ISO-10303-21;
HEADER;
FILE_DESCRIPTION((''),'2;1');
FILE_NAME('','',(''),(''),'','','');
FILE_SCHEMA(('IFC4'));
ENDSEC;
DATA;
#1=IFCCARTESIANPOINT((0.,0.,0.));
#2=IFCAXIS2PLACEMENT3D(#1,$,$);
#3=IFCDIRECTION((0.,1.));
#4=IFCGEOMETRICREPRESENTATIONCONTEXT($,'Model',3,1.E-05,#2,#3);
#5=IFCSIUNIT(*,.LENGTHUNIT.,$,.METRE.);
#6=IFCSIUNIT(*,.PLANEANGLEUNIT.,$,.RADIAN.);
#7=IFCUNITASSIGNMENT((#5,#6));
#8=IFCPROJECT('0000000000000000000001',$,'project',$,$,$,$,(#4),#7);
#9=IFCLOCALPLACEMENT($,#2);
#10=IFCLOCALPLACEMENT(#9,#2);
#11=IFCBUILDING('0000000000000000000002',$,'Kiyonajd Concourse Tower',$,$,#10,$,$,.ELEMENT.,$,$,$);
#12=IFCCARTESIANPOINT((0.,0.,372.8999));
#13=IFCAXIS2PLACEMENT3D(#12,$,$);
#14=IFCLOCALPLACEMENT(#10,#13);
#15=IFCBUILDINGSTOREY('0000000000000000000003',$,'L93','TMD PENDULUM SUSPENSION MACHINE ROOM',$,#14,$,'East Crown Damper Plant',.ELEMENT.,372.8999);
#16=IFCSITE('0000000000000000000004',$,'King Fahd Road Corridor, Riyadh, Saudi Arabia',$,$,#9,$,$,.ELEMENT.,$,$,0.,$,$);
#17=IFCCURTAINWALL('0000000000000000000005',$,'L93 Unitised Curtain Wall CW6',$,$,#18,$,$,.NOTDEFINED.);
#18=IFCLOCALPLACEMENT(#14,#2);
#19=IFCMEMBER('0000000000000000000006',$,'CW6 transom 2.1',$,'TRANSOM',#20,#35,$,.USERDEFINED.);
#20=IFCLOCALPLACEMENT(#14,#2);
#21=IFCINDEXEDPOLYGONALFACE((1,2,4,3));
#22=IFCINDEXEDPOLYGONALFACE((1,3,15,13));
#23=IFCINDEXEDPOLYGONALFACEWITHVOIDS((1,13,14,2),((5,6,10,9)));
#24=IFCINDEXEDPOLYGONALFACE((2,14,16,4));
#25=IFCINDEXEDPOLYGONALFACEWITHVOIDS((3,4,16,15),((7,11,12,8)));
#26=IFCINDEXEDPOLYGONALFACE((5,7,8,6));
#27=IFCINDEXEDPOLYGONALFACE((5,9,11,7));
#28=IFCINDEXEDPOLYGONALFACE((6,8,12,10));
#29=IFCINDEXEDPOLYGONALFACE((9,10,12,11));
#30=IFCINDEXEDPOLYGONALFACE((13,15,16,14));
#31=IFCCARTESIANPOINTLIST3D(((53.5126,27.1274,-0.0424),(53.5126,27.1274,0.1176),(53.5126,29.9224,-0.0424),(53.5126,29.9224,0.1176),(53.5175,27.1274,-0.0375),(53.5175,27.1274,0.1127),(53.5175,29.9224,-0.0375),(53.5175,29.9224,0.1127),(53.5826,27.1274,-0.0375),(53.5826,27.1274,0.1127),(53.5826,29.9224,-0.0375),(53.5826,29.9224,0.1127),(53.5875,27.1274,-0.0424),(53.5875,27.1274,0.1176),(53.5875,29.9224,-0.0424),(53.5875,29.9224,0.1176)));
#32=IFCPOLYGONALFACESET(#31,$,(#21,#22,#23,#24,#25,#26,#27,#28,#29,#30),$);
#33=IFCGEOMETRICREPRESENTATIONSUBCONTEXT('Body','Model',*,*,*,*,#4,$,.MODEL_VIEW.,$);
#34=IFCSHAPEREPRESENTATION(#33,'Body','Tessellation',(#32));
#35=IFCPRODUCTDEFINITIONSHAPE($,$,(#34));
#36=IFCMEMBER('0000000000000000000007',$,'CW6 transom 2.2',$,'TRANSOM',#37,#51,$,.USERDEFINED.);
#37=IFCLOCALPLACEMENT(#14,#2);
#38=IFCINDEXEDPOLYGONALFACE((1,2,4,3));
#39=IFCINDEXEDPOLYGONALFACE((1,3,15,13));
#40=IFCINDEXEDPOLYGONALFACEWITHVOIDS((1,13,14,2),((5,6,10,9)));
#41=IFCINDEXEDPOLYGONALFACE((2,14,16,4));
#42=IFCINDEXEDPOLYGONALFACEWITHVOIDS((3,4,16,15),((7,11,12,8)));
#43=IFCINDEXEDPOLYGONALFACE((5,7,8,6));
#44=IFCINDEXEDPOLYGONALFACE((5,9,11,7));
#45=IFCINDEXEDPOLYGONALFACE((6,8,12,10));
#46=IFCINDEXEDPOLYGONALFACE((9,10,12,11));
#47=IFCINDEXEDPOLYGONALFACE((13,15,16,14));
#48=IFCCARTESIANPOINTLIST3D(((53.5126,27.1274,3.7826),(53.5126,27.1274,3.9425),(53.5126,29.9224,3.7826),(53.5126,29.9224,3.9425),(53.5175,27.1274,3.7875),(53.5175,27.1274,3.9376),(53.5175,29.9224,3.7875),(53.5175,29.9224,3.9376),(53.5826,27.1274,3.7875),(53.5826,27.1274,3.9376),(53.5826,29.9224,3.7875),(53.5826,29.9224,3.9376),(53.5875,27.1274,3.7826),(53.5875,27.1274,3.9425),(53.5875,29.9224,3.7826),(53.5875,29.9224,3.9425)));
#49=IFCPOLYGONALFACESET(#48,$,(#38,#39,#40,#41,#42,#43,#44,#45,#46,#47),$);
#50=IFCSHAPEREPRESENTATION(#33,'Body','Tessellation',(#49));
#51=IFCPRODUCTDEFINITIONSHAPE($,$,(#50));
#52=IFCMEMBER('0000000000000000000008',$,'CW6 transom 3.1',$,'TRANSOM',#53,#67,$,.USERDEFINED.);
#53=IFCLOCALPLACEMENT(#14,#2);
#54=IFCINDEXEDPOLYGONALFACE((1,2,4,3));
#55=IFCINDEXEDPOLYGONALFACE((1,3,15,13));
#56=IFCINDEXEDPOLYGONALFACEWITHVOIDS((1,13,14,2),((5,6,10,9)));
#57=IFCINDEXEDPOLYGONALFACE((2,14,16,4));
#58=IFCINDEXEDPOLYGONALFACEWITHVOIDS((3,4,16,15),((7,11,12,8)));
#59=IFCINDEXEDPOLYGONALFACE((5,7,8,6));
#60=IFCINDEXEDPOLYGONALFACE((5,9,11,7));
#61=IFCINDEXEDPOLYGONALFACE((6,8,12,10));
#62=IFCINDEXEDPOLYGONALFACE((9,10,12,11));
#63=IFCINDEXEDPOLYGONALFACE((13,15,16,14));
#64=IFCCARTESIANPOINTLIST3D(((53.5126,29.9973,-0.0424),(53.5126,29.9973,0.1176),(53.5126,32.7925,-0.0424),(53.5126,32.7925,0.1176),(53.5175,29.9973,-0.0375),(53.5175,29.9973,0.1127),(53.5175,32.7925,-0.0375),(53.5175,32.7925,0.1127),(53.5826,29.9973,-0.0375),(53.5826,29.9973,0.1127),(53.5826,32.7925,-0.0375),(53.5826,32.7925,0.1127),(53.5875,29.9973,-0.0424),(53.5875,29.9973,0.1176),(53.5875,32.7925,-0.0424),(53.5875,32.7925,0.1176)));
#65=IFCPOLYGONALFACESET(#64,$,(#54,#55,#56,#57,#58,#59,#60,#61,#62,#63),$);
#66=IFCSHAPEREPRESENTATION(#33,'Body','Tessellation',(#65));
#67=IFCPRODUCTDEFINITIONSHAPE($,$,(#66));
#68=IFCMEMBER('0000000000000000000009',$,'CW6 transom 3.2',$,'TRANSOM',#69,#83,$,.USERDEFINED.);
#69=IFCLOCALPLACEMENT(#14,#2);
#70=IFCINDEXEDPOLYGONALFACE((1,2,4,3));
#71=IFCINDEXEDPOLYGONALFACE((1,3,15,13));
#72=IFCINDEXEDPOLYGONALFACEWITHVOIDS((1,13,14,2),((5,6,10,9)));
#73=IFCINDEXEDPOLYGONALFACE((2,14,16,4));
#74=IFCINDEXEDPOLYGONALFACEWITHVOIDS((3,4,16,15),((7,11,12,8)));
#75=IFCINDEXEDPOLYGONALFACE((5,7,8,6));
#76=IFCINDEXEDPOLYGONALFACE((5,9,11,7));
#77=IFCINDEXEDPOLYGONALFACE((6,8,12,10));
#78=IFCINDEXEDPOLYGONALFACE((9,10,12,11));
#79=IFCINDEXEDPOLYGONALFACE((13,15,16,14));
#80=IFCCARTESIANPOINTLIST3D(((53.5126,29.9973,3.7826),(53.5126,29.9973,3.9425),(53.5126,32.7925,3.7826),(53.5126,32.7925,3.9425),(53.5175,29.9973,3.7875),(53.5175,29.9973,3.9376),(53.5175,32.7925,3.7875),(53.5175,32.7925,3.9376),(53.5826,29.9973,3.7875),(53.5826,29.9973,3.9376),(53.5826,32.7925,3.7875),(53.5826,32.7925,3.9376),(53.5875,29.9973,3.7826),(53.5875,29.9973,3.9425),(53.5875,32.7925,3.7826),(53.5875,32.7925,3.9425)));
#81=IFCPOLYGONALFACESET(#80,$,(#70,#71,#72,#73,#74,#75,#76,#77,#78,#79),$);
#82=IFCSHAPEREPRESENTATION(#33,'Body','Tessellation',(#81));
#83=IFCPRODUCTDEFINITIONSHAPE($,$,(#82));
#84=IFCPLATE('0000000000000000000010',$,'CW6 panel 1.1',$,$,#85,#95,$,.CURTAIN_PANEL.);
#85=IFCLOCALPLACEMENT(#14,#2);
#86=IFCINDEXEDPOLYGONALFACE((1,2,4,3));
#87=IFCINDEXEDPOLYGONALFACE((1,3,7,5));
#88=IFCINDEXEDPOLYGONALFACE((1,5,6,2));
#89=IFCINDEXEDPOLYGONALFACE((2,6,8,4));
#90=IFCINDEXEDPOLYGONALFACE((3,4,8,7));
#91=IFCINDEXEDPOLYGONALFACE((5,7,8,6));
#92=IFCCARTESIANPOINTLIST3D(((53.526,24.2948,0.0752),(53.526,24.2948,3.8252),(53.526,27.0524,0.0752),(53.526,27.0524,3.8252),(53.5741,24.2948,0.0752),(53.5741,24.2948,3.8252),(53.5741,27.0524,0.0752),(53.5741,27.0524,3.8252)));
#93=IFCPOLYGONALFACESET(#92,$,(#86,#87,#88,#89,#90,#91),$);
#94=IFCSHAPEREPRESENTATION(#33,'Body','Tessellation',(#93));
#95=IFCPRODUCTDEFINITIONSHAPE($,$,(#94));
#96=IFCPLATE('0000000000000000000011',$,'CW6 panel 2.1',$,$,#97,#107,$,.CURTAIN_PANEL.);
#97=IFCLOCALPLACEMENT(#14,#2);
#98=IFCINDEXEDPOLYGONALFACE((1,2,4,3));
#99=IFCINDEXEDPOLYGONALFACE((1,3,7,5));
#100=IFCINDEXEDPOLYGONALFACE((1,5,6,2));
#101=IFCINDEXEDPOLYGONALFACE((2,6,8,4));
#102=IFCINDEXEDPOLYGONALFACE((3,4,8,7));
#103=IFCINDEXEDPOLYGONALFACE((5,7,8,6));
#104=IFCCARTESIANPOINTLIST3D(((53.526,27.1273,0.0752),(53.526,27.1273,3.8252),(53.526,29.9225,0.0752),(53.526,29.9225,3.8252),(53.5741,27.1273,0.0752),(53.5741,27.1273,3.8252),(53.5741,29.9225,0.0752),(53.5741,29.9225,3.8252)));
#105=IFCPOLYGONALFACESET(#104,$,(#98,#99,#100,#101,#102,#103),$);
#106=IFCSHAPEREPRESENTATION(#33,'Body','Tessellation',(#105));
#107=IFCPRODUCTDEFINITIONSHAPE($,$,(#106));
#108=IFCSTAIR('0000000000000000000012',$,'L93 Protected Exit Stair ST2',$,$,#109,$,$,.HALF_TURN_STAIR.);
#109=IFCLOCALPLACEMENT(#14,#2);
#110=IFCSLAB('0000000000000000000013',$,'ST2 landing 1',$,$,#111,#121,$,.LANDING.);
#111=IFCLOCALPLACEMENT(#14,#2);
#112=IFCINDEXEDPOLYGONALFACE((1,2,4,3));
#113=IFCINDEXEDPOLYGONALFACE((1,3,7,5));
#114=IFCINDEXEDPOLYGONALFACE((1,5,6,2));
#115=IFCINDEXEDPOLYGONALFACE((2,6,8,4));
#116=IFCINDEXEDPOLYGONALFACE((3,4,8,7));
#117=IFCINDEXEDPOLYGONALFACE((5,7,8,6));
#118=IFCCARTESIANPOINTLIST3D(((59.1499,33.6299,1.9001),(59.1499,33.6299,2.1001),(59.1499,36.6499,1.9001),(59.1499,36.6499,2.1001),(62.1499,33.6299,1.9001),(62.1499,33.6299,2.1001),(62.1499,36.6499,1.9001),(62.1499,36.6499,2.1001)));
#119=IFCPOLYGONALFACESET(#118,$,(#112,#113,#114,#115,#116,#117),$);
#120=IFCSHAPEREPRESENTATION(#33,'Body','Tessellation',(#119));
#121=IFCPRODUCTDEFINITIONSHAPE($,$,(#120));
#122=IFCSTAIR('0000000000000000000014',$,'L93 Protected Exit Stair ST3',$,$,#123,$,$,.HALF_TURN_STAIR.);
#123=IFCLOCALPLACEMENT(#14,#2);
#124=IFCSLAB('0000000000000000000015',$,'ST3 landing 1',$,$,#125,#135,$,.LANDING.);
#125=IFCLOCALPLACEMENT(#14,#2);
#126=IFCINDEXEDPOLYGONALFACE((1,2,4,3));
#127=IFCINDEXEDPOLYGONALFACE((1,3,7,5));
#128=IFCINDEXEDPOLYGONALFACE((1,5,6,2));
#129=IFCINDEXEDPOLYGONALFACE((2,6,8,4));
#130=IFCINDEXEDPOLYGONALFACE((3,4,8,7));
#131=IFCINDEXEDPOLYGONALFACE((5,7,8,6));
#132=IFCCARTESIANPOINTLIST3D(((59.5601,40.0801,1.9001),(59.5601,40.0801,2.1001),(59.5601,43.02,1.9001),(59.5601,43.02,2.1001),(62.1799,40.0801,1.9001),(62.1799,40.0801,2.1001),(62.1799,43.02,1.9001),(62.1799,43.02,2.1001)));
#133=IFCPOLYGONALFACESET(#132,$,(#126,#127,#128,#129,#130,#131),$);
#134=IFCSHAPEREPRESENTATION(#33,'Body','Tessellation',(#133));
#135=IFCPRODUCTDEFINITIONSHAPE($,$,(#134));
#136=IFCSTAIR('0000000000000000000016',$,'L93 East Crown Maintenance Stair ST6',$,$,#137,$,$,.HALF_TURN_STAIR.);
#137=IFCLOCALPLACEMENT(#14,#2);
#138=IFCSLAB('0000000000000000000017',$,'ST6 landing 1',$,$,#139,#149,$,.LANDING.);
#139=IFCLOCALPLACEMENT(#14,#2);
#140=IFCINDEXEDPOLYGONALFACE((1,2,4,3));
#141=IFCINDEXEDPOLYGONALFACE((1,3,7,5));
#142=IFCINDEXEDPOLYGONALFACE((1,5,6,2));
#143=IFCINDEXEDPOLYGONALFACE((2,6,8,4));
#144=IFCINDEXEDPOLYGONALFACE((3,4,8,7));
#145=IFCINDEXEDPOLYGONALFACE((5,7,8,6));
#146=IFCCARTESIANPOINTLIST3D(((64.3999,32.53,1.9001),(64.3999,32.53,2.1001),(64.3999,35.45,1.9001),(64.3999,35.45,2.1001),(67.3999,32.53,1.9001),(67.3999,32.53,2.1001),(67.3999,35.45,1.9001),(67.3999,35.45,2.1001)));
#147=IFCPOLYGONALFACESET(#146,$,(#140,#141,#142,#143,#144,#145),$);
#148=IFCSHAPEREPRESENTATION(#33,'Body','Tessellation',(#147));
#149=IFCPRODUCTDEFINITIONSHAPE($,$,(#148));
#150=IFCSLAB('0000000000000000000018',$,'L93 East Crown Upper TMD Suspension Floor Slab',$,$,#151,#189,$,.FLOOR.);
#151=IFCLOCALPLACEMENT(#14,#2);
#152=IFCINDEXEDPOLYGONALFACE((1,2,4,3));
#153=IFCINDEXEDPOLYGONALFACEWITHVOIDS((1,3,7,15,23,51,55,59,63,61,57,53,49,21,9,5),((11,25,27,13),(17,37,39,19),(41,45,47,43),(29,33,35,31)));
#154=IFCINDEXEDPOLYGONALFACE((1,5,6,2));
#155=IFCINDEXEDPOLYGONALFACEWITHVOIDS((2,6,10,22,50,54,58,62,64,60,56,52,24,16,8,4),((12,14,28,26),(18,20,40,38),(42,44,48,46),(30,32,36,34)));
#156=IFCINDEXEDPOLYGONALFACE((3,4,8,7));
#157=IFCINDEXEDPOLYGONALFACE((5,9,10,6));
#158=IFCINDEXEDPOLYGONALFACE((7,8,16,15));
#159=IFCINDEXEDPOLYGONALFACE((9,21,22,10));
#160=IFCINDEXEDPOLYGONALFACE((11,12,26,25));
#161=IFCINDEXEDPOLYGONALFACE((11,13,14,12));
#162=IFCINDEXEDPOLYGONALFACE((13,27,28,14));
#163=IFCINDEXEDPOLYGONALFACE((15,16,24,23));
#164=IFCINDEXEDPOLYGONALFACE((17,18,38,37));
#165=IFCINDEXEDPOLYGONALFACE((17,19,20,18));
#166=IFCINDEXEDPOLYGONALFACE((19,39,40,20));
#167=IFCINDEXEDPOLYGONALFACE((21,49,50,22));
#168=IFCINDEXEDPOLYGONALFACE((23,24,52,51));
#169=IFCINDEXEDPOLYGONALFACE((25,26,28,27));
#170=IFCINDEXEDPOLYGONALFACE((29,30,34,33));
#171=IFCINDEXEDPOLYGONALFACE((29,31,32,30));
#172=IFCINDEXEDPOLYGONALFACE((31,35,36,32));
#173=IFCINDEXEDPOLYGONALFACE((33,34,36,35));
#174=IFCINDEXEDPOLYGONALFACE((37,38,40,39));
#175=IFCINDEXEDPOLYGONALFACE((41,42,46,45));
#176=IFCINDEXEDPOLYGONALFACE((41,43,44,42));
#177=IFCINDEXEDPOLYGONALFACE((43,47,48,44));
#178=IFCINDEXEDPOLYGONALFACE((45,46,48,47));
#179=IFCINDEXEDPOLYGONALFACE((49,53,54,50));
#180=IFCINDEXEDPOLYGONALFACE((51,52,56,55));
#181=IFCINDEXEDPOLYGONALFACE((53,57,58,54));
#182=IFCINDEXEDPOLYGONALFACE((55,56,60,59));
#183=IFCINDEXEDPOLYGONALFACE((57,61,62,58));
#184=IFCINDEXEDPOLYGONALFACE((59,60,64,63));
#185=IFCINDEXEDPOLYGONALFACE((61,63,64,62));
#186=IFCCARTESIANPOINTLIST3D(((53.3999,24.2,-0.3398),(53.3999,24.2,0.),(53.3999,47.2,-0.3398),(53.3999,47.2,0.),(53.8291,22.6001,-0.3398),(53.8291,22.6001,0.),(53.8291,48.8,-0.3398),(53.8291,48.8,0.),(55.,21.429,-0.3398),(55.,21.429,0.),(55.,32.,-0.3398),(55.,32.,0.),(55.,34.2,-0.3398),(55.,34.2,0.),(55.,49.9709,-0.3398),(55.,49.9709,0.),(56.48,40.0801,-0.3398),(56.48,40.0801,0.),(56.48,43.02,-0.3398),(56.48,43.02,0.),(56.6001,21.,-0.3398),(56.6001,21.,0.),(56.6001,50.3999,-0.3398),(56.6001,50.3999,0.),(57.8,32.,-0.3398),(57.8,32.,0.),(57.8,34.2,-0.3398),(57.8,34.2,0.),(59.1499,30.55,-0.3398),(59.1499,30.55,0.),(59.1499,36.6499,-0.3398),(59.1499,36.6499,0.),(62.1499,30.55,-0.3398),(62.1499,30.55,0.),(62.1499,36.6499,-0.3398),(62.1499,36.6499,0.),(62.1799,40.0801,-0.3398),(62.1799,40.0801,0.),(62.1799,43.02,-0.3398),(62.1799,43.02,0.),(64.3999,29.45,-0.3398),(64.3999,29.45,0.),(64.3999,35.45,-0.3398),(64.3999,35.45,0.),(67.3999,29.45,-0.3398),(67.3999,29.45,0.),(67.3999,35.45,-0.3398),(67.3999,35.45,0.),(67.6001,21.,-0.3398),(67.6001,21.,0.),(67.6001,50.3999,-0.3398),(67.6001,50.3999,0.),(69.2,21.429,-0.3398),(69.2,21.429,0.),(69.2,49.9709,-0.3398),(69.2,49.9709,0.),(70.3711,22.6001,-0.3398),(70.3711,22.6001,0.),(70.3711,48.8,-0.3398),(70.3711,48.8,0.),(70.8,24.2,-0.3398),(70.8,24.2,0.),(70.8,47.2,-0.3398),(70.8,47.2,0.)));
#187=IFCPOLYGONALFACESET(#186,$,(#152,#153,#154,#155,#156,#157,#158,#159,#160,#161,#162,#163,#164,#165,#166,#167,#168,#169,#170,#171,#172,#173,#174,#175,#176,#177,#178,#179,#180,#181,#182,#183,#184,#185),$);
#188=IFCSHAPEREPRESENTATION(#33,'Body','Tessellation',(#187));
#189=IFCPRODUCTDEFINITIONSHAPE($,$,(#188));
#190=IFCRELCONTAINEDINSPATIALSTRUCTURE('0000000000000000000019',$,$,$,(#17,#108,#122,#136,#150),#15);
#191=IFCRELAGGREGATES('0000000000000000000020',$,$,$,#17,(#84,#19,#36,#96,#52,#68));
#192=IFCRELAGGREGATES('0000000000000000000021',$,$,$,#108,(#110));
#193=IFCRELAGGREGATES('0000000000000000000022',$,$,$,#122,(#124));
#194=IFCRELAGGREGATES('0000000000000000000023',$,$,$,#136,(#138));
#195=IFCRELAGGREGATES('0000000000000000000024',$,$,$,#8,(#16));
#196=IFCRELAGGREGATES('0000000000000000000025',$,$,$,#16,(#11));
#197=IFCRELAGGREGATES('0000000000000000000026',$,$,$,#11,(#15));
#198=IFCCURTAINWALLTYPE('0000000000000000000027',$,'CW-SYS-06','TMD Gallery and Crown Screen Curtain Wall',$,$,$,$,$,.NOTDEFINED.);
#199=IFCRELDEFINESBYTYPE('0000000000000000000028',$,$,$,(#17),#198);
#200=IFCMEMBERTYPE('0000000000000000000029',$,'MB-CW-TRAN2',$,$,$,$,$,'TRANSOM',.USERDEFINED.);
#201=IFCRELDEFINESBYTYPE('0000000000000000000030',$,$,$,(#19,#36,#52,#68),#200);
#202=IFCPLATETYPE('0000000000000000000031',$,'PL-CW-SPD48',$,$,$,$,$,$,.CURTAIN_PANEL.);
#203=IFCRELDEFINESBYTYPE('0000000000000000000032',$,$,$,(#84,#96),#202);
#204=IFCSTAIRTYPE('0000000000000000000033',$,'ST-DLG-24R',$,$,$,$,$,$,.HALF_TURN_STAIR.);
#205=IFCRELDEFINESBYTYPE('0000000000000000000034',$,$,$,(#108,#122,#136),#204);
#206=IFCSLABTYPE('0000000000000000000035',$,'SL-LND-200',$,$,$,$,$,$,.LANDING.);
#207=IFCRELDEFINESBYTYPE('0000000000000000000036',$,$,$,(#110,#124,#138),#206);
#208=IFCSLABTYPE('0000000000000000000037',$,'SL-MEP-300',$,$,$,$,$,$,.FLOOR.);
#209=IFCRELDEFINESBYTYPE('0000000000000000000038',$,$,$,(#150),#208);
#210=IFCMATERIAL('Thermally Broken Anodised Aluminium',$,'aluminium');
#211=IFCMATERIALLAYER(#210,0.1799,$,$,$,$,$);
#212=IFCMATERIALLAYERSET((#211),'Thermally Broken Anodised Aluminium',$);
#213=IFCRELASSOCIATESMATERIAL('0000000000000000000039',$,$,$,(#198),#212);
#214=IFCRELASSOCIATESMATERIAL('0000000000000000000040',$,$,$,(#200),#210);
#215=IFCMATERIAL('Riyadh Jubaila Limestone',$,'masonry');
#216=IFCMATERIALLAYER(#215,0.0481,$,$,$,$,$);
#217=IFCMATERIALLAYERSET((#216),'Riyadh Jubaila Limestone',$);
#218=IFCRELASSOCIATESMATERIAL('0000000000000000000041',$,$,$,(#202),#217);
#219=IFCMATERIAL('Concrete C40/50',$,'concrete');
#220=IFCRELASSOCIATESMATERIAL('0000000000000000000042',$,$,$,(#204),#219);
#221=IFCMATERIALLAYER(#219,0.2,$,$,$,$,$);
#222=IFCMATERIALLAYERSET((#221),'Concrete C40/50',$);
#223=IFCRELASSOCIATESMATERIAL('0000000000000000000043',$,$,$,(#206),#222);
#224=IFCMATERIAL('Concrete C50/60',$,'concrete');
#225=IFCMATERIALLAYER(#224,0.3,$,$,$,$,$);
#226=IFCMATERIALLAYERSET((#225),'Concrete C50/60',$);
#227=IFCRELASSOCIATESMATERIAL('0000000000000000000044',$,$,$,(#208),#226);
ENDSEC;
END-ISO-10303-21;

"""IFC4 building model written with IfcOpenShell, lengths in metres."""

from ifc_helpers import new_model, si_unit, direction, frame, origin, origin_2d, place, context, subcontext, project, spatial, polyline, rectangle, hollow_rectangle, outline, extrude, material, layer, layer_set, material_profile, profile_set, type_object, element, aggregate, save


model = new_model("IFC4")

# Units and contexts
model_context = context("Model", 3, precision=1e-05, world=origin(), true_north=direction((0.0, 1.0)))
body_context = subcontext(model_context, "Body", "Model", "MODEL_VIEW")
ifc_project = project(units=[si_unit("LENGTHUNIT", "METRE"), si_unit("PLANEANGLEUNIT", "RADIAN")], contexts=[model_context])

# Site, building, storey
site_placement = place(None, origin())
site = spatial("IfcSite", under=ifc_project, at=site_placement, Name="King Fahd Road Corridor, Riyadh, Saudi Arabia", CompositionType="ELEMENT", RefElevation=0.0)
building_placement = place(site_placement, origin())
building = spatial("IfcBuilding", under=site, at=building_placement, Name="Kiyonajd Concourse Tower", CompositionType="ELEMENT")
storey_placement = place(building_placement, frame((0.0, 0.0, 372.8999)))
storey = spatial("IfcBuildingStorey", under=building, at=storey_placement, Name="L93", Description="TMD PENDULUM SUSPENSION MACHINE ROOM", LongName="East Crown Damper Plant", CompositionType="ELEMENT", Elevation=372.8999)

# Curtain wall, members, plates
ifc_material_1 = material(Name="Thermally Broken Anodised Aluminium", Category="aluminium")
ifc_layer_1 = layer(ifc_material_1, 0.1799)
ifc_layer_set_1 = layer_set([ifc_layer_1], Name="Thermally Broken Anodised Aluminium")
curtain_wall_type = type_object("IfcCurtainWallType", Name="CW-SYS-06", Description="TMD Gallery and Crown Screen Curtain Wall", PredefinedType="NOTDEFINED", material=ifc_layer_set_1)
curtain_wall_placement = place(storey_placement, origin())
curtain_wall = element("IfcCurtainWall", 1, at=curtain_wall_placement, inside=storey, type_object=curtain_wall_type, Name="L93 Unitised Curtain Wall CW6", PredefinedType="NOTDEFINED")
ifc_material_profile_1 = material_profile(ifc_material_1, hollow_rectangle(XDim=0.075, YDim=0.1599, WallThickness=0.0049, at=origin_2d()), Name="TRAN-75x160")
ifc_profile_set_1 = profile_set([ifc_material_profile_1], Name="Thermally Broken Anodised Aluminium")
member_type_1 = type_object("IfcMemberType", Name="MB-CW-TRAN2", ElementType="TRANSOM", PredefinedType="USERDEFINED", material=ifc_profile_set_1)
member_1_placement = place(storey_placement, frame((53.55, 27.1274, 0.0376), z_axis=(0.0, 1.0, 0.0), x_axis=(-1.0, 0.0, 0.0)))
member_1 = element("IfcMember", 2, at=member_1_placement, type_object=member_type_1, Name="CW6 transom 2.1", ObjectType="TRANSOM", PredefinedType="USERDEFINED", context=body_context, shape_type="SweptSolid", body=[
    extrude(hollow_rectangle(XDim=0.075, YDim=0.1599, WallThickness=0.0049, at=origin_2d()), origin(), (0.0, 0.0, 1.0), 2.7949),
])
member_2_placement = place(storey_placement, frame((53.55, 27.1274, 3.8625), z_axis=(0.0, 1.0, 0.0), x_axis=(-1.0, 0.0, 0.0)))
member_2 = element("IfcMember", 3, at=member_2_placement, type_object=member_type_1, Name="CW6 transom 2.2", ObjectType="TRANSOM", PredefinedType="USERDEFINED", context=body_context, shape_type="SweptSolid", body=[
    extrude(hollow_rectangle(XDim=0.075, YDim=0.1599, WallThickness=0.0049, at=origin_2d()), origin(), (0.0, 0.0, 1.0), 2.7949),
])
member_3_placement = place(storey_placement, frame((53.55, 29.9973, 0.0376), z_axis=(0.0, 1.0, 0.0), x_axis=(-1.0, 0.0, 0.0)))
member_3 = element("IfcMember", 4, at=member_3_placement, type_object=member_type_1, Name="CW6 transom 3.1", ObjectType="TRANSOM", PredefinedType="USERDEFINED", context=body_context, shape_type="SweptSolid", body=[
    extrude(hollow_rectangle(XDim=0.075, YDim=0.1599, WallThickness=0.0049, at=origin_2d()), origin(), (0.0, 0.0, 1.0), 2.7952),
])
member_4_placement = place(storey_placement, frame((53.55, 29.9973, 3.8625), z_axis=(0.0, 1.0, 0.0), x_axis=(-1.0, 0.0, 0.0)))
member_4 = element("IfcMember", 5, at=member_4_placement, type_object=member_type_1, Name="CW6 transom 3.2", ObjectType="TRANSOM", PredefinedType="USERDEFINED", context=body_context, shape_type="SweptSolid", body=[
    extrude(hollow_rectangle(XDim=0.075, YDim=0.1599, WallThickness=0.0049, at=origin_2d()), origin(), (0.0, 0.0, 1.0), 2.7952),
])
ifc_material_2 = material(Name="Riyadh Jubaila Limestone", Category="masonry")
ifc_layer_2 = layer(ifc_material_2, 0.0481)
ifc_layer_set_2 = layer_set([ifc_layer_2], Name="Riyadh Jubaila Limestone")
plate_type = type_object("IfcPlateType", Name="PL-CW-SPD48", PredefinedType="CURTAIN_PANEL", material=ifc_layer_set_2)
plate_1_placement = place(storey_placement, frame((53.55, 25.6736, 0.0752), z_axis=(0.0, 0.0, 1.0), x_axis=(0.0, 1.0, 0.0)))
plate_1 = element("IfcPlate", 6, at=plate_1_placement, type_object=plate_type, Name="CW6 panel 1.1", PredefinedType="CURTAIN_PANEL", context=body_context, shape_type="SweptSolid", body=[
    extrude(rectangle(XDim=2.7576, YDim=0.0481, at=origin_2d()), origin(), (0.0, 0.0, 1.0), 3.75),
])
plate_2_placement = place(storey_placement, frame((53.55, 28.5249, 0.0752), z_axis=(0.0, 0.0, 1.0), x_axis=(0.0, 1.0, 0.0)))
plate_2 = element("IfcPlate", 7, at=plate_2_placement, type_object=plate_type, Name="CW6 panel 2.1", PredefinedType="CURTAIN_PANEL", context=body_context, shape_type="SweptSolid", body=[
    extrude(rectangle(XDim=2.7952, YDim=0.0481, at=origin_2d()), origin(), (0.0, 0.0, 1.0), 3.75),
])
aggregate(curtain_wall, [plate_1, member_1, member_2, plate_2, member_3, member_4])

# Stairs, slabs
ifc_material_3 = material(Name="Concrete C40/50", Category="concrete")
stair_type = type_object("IfcStairType", Name="ST-DLG-24R", PredefinedType="HALF_TURN_STAIR", material=ifc_material_3)
stair_1_placement = place(storey_placement, origin())
stair_1 = element("IfcStair", 8, at=stair_1_placement, inside=storey, type_object=stair_type, Name="L93 Protected Exit Stair ST2", PredefinedType="HALF_TURN_STAIR")
ifc_layer_3 = layer(ifc_material_3, 0.2)
ifc_layer_set_3 = layer_set([ifc_layer_3], Name="Concrete C40/50")
slab_type_1 = type_object("IfcSlabType", Name="SL-LND-200", PredefinedType="LANDING", material=ifc_layer_set_3)
slab_1_placement = place(storey_placement, frame((0.0, 0.0, 1.9001)))
slab_1 = element("IfcSlab", 9, at=slab_1_placement, type_object=slab_type_1, Name="ST2 landing 1", PredefinedType="LANDING", context=body_context, shape_type="SweptSolid", body=[
    extrude(outline(polyline([(62.1499, 33.6299), (62.1499, 36.6499), (59.1499, 36.6499), (59.1499, 33.6299), (62.1499, 33.6299)])), origin(), (0.0, 0.0, 1.0), 0.2),
])
aggregate(stair_1, [slab_1])
stair_2_placement = place(storey_placement, origin())
stair_2 = element("IfcStair", 10, at=stair_2_placement, inside=storey, type_object=stair_type, Name="L93 Protected Exit Stair ST3", PredefinedType="HALF_TURN_STAIR")
slab_2_placement = place(storey_placement, frame((0.0, 0.0, 1.9001)))
slab_2 = element("IfcSlab", 11, at=slab_2_placement, type_object=slab_type_1, Name="ST3 landing 1", PredefinedType="LANDING", context=body_context, shape_type="SweptSolid", body=[
    extrude(outline(polyline([(59.5601, 40.0801), (62.1799, 40.0801), (62.1799, 43.02), (59.5601, 43.02), (59.5601, 40.0801)])), origin(), (0.0, 0.0, 1.0), 0.2),
])
aggregate(stair_2, [slab_2])
stair_3_placement = place(storey_placement, origin())
stair_3 = element("IfcStair", 12, at=stair_3_placement, inside=storey, type_object=stair_type, Name="L93 East Crown Maintenance Stair ST6", PredefinedType="HALF_TURN_STAIR")
slab_3_placement = place(storey_placement, frame((0.0, 0.0, 1.9001)))
slab_3 = element("IfcSlab", 13, at=slab_3_placement, type_object=slab_type_1, Name="ST6 landing 1", PredefinedType="LANDING", context=body_context, shape_type="SweptSolid", body=[
    extrude(outline(polyline([(67.3999, 32.53), (67.3999, 35.45), (64.3999, 35.45), (64.3999, 32.53), (67.3999, 32.53)])), origin(), (0.0, 0.0, 1.0), 0.2),
])
aggregate(stair_3, [slab_3])

# Slab
ifc_material_4 = material(Name="Concrete C50/60", Category="concrete")
ifc_layer_4 = layer(ifc_material_4, 0.3)
ifc_layer_set_4 = layer_set([ifc_layer_4], Name="Concrete C50/60")
slab_type_2 = type_object("IfcSlabType", Name="SL-MEP-300", PredefinedType="FLOOR", material=ifc_layer_set_4)
slab_4_placement = place(storey_placement, frame((0.0, 0.0, -0.3398)))
element("IfcSlab", 14, at=slab_4_placement, inside=storey, type_object=slab_type_2, Name="L93 East Crown Upper TMD Suspension Floor Slab", PredefinedType="FLOOR", context=body_context, shape_type="SweptSolid", body=[
    extrude(outline(polyline([(53.3999, 24.2), (53.8291, 22.6001), (55.0, 21.429), (56.6001, 21.0), (67.6001, 21.0), (69.2, 21.429), (70.3711, 22.6001), (70.8, 24.2), (70.8, 47.2), (70.3711, 48.8), (69.2, 49.9709), (67.6001, 50.3999), (56.6001, 50.3999), (55.0, 49.9709), (53.8291, 48.8), (53.3999, 47.2), (53.3999, 24.2)]), holes=[polyline([(59.1499, 30.55), (59.1499, 36.6499), (62.1499, 36.6499), (62.1499, 30.55), (59.1499, 30.55)]), polyline([(56.48, 43.02), (62.1799, 43.02), (62.1799, 40.0801), (56.48, 40.0801), (56.48, 43.02)]), polyline([(64.3999, 29.45), (64.3999, 35.45), (67.3999, 35.45), (67.3999, 29.45), (64.3999, 29.45)]), polyline([(55.0, 32.0), (55.0, 34.2), (57.8, 34.2), (57.8, 32.0), (55.0, 32.0)])]), origin(), (0.0, 0.0, 1.0), 0.3398),
])

save(model, "model.ifc")
